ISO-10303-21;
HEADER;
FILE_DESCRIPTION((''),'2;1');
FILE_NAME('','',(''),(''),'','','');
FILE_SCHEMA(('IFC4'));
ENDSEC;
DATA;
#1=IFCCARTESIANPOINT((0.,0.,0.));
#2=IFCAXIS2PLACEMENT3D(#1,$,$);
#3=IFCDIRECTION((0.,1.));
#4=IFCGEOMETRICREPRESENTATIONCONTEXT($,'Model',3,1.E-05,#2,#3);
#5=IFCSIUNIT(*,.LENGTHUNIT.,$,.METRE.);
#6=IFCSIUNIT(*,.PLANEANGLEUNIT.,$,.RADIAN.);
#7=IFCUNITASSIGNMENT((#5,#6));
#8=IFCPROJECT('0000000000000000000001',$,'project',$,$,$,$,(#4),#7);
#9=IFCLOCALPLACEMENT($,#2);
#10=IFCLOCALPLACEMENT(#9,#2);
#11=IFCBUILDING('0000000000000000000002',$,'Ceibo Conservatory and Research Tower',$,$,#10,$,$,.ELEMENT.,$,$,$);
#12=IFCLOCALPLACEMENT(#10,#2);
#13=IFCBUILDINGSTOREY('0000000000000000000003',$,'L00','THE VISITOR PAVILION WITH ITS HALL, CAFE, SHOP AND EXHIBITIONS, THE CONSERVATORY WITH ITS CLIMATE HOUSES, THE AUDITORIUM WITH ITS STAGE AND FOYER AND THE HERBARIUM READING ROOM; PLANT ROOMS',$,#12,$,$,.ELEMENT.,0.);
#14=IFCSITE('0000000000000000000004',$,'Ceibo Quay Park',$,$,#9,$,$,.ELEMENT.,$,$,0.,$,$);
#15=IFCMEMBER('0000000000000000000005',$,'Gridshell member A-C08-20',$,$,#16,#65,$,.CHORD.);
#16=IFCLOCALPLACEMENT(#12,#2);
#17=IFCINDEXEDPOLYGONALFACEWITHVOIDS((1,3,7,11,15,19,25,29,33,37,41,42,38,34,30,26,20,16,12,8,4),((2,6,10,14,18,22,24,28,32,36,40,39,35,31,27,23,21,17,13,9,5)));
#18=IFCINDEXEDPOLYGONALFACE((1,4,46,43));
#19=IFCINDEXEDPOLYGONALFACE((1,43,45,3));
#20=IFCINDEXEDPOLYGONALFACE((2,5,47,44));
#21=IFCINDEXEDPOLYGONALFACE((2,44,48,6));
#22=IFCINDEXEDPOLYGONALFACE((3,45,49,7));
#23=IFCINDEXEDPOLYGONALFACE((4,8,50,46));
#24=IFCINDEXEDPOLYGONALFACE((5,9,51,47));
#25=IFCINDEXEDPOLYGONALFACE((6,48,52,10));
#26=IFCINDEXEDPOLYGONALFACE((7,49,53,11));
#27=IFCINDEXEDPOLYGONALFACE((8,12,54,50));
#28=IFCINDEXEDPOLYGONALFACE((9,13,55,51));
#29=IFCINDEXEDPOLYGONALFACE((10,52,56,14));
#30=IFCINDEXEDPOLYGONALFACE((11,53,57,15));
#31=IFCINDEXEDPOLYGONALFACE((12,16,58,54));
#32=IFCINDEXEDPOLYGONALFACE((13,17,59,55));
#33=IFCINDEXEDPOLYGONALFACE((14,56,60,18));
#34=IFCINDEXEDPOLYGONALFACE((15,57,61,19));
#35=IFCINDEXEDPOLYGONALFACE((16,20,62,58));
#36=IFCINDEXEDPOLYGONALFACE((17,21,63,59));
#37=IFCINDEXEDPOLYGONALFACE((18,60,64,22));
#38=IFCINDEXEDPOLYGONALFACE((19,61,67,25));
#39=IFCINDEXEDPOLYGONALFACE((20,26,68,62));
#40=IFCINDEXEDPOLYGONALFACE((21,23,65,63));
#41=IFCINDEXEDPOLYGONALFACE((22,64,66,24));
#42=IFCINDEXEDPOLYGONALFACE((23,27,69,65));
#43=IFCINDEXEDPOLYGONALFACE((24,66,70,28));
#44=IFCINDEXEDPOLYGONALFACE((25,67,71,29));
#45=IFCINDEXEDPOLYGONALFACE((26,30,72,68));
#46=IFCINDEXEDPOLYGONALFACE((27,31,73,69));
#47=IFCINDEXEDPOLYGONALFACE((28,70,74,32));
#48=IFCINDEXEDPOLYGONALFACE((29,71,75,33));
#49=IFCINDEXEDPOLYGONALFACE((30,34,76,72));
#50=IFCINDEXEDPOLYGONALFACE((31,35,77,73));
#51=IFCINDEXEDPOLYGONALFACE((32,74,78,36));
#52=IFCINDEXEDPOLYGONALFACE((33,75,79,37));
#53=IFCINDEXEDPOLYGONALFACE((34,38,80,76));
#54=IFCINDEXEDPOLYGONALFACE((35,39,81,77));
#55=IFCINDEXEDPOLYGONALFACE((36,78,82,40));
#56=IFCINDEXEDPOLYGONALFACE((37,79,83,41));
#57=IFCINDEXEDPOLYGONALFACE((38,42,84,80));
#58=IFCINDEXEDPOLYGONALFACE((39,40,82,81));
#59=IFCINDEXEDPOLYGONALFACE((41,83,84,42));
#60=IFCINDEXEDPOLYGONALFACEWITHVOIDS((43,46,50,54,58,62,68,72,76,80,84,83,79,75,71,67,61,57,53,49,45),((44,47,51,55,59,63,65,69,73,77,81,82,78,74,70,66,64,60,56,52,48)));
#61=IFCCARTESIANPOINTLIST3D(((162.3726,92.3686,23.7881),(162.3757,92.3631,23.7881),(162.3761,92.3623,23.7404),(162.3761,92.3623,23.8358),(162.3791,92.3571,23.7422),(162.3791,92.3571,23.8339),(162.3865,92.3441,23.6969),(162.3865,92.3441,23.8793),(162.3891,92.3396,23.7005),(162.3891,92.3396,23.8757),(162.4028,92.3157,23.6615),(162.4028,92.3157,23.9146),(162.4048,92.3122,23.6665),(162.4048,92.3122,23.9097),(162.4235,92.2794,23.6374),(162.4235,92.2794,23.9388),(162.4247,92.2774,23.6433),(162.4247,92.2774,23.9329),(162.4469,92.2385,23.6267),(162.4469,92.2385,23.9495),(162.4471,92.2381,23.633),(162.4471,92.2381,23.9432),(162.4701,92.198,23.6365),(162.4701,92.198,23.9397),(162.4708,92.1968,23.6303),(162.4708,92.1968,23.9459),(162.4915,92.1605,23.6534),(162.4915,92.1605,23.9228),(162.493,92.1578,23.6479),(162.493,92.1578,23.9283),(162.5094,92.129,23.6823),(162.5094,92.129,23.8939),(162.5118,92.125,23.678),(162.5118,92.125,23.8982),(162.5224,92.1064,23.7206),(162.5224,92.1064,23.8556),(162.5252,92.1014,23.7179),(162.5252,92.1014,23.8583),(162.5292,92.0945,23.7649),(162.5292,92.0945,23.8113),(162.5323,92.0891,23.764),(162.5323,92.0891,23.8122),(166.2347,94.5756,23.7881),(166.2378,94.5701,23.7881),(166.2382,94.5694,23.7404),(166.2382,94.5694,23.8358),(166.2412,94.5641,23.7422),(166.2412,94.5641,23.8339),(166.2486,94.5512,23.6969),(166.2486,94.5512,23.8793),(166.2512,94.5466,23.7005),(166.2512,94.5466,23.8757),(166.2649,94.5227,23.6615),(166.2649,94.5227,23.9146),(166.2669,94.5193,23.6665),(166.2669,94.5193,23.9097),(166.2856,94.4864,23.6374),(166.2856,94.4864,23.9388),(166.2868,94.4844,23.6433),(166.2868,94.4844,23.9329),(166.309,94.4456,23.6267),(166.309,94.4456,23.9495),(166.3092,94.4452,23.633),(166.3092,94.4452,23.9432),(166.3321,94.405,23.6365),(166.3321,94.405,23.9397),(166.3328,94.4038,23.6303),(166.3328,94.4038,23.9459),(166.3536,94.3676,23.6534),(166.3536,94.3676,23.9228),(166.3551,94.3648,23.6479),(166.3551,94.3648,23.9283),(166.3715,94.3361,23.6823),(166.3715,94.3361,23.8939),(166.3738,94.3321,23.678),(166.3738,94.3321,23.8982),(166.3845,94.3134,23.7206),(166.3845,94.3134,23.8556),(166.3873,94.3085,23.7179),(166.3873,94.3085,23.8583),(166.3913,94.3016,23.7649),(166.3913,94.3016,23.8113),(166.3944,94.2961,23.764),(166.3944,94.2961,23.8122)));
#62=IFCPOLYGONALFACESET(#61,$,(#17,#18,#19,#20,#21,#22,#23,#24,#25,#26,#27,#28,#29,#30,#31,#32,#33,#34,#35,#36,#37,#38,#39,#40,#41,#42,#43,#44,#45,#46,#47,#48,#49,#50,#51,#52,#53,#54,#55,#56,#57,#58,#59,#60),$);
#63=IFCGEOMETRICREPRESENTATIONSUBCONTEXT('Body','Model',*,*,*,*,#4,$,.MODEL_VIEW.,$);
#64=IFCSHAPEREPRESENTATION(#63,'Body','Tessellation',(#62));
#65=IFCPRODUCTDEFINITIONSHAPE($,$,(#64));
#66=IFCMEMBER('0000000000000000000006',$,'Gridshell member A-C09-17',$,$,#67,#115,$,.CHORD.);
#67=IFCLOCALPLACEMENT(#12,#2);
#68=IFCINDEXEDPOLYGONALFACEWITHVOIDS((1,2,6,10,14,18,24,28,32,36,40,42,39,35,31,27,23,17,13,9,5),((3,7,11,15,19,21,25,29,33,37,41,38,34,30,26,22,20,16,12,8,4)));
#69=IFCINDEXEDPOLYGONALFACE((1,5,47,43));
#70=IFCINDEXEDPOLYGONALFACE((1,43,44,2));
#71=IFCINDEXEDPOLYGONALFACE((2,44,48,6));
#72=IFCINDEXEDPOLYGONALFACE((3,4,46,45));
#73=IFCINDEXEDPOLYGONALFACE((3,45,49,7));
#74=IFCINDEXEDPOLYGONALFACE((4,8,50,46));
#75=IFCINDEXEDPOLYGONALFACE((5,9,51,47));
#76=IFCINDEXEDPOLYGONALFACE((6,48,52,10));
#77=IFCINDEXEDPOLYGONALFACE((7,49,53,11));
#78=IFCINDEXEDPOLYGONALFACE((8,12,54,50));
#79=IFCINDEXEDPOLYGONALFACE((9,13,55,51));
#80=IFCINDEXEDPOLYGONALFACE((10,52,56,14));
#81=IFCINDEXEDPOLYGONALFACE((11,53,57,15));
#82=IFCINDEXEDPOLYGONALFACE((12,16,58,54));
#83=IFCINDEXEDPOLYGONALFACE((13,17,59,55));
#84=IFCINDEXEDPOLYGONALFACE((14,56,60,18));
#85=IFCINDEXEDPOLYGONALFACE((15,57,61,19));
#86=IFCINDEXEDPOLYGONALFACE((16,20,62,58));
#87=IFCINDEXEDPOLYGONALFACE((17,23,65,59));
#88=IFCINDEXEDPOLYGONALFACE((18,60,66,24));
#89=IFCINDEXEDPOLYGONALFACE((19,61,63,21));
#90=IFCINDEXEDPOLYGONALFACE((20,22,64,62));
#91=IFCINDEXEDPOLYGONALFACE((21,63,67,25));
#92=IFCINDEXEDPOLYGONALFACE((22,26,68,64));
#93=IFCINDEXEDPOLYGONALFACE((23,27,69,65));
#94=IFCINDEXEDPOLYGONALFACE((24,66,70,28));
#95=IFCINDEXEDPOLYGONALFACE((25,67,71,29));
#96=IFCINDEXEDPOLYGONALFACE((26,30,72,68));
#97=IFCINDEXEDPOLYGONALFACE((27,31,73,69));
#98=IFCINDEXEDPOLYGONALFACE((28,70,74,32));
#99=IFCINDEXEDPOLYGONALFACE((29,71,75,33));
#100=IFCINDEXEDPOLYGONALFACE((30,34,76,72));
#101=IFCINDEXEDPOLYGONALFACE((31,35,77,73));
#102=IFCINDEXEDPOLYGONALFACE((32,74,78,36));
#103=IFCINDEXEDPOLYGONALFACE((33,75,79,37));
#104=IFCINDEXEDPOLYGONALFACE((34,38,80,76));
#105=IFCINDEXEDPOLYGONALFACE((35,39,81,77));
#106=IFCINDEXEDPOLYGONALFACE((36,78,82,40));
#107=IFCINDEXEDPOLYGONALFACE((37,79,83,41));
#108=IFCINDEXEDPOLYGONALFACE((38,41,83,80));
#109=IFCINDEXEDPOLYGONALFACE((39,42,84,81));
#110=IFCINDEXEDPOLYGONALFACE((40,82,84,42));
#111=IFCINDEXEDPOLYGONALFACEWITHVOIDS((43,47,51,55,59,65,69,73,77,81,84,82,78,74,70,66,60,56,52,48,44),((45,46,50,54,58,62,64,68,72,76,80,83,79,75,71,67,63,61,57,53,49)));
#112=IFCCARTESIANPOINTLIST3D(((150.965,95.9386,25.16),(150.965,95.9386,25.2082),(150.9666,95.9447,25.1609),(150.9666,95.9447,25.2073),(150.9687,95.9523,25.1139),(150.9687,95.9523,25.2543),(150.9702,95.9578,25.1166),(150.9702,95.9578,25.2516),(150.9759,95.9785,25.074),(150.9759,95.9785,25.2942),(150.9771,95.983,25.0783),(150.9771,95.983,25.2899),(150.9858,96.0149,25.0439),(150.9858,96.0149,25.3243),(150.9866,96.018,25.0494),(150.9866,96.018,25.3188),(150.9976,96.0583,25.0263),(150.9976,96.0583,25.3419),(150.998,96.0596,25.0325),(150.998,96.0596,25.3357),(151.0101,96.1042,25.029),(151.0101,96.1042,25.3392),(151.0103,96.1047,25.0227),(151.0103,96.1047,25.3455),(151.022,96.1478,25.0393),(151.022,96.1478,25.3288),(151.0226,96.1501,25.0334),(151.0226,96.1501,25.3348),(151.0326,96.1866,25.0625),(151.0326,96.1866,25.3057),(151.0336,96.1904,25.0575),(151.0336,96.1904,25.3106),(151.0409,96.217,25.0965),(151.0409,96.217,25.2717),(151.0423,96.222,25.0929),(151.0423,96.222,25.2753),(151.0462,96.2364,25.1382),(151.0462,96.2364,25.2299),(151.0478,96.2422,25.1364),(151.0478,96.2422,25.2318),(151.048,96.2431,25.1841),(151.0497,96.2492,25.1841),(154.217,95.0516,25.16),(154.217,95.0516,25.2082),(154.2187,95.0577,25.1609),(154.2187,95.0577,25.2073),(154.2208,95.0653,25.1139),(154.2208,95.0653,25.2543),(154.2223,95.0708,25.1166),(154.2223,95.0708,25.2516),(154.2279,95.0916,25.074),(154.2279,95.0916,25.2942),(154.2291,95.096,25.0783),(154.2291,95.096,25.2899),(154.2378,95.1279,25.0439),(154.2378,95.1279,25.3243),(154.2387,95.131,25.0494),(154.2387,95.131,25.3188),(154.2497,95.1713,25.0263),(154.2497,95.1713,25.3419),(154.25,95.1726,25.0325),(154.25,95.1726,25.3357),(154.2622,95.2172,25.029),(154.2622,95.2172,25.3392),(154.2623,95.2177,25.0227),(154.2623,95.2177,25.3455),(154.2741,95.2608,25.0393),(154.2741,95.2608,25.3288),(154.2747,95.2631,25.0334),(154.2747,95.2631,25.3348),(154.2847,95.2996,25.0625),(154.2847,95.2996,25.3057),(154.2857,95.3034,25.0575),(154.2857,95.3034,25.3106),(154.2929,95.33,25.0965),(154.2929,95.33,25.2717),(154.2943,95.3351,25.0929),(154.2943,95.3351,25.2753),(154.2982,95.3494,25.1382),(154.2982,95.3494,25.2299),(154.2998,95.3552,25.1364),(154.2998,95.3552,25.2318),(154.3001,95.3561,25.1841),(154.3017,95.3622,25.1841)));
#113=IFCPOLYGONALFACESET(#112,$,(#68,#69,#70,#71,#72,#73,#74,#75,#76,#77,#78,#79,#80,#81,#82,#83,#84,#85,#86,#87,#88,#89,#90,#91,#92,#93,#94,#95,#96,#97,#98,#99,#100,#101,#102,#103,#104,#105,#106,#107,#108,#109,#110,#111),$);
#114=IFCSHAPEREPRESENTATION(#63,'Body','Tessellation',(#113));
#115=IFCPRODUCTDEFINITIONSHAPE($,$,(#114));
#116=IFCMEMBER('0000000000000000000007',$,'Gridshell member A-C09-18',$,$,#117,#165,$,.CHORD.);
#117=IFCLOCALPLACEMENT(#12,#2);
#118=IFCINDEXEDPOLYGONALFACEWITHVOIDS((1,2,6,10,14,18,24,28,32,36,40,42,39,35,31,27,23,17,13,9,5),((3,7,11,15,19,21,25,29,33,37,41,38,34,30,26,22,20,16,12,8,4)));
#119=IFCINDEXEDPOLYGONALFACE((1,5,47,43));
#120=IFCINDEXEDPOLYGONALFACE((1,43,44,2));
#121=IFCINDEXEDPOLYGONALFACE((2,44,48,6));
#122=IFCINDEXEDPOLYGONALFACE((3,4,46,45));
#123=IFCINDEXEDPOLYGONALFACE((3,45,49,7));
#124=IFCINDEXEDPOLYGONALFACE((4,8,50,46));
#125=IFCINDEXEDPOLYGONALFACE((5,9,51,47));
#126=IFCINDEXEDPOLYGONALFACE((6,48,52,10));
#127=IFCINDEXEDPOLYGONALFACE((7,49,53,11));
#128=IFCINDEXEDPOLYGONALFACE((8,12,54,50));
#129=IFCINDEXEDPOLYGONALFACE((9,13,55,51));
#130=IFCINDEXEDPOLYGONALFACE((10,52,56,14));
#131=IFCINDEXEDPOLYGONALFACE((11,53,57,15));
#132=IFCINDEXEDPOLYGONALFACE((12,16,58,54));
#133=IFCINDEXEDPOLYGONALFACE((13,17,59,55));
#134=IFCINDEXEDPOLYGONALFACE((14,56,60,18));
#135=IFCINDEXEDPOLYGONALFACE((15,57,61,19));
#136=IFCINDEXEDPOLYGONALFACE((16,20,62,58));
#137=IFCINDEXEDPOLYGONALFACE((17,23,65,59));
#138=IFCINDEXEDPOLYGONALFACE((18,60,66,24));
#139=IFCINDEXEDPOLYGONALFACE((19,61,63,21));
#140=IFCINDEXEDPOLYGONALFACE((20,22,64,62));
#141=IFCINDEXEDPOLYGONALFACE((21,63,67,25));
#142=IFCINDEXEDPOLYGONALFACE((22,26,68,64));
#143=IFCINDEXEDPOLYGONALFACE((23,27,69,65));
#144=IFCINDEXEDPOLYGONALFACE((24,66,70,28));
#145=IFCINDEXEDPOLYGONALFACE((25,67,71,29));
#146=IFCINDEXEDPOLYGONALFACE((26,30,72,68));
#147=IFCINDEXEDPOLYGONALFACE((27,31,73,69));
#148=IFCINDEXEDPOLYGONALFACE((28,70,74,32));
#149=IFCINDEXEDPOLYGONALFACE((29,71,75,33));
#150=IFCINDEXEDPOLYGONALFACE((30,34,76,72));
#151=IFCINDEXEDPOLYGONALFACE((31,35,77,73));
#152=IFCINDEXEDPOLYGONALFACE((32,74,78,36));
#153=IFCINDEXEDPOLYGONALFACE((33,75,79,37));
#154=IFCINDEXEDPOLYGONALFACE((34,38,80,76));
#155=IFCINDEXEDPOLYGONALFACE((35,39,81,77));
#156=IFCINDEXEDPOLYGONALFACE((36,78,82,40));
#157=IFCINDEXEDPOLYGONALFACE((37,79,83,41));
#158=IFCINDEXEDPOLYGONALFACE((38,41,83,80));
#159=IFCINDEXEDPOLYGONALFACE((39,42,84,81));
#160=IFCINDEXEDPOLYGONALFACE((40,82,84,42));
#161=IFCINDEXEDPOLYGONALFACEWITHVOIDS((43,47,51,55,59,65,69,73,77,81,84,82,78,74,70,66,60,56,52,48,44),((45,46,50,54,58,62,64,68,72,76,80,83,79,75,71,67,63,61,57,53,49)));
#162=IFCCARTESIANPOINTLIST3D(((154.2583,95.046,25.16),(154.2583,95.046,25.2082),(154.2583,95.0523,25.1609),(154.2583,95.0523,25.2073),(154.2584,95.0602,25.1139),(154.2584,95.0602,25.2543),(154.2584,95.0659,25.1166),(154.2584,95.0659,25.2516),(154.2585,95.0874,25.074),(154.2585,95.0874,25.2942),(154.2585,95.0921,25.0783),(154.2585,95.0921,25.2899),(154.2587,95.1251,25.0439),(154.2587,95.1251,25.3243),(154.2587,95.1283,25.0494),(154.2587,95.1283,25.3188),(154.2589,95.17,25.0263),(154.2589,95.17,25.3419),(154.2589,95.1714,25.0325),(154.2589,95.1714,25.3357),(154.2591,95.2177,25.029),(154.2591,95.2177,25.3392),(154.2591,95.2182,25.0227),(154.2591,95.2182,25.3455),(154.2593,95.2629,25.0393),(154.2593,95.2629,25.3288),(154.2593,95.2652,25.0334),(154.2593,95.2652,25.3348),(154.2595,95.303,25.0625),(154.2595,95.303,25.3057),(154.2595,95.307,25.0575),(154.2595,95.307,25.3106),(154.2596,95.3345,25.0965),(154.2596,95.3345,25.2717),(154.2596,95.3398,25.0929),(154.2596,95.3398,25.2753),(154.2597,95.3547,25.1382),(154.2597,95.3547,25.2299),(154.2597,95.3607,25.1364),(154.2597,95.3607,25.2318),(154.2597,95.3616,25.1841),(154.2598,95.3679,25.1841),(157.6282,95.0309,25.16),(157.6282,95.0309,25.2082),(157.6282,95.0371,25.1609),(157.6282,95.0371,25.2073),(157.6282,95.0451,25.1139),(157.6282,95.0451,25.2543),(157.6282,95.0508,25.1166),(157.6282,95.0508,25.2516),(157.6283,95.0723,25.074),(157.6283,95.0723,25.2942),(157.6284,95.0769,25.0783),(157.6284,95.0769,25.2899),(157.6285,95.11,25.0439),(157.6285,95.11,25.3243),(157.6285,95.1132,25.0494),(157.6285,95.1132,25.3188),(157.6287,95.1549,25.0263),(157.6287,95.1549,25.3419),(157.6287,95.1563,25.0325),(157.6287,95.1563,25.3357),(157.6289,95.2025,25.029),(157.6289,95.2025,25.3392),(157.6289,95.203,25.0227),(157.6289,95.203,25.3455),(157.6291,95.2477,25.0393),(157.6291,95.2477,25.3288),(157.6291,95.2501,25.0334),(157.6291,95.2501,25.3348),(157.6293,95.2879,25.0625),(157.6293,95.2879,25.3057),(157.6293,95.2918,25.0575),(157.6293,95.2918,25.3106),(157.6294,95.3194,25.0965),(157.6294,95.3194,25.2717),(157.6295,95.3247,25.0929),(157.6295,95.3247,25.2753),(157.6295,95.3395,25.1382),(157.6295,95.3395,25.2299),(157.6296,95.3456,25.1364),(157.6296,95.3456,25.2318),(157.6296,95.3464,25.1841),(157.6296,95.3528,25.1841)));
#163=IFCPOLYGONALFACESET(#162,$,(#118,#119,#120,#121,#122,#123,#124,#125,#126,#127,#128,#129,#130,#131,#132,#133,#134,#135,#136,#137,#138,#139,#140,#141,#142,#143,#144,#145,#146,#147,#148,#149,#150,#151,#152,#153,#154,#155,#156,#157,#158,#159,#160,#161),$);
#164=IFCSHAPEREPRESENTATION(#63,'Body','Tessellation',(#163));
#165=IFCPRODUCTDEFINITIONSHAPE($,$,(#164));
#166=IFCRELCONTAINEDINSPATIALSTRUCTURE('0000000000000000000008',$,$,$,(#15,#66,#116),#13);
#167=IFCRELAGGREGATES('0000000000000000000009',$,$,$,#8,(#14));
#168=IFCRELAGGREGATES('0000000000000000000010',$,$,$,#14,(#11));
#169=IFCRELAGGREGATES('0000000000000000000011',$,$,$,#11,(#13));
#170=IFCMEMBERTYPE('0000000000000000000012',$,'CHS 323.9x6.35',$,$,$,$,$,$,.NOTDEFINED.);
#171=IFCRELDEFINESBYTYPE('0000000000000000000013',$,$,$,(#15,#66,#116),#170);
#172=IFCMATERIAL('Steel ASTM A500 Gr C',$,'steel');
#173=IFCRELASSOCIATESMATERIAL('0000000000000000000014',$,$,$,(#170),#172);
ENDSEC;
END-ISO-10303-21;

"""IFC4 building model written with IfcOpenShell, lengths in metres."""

from ifc_helpers import new_model, si_unit, direction, frame, origin, origin_2d, place, context, subcontext, project, spatial, hollow_circle, extrude, material, material_profile, profile_set, type_object, element, save


model = new_model("IFC4")

# Units and contexts
model_context = context("Model", 3, precision=1e-05, world=origin(), true_north=direction((0.0, 1.0)))
body_context = subcontext(model_context, "Body", "Model", "MODEL_VIEW")
ifc_project = project(units=[si_unit("LENGTHUNIT", "METRE"), si_unit("PLANEANGLEUNIT", "RADIAN")], contexts=[model_context])

# Site, building, storey
site_placement = place(None, origin())
site = spatial("IfcSite", under=ifc_project, at=site_placement, Name="Ceibo Quay Park", CompositionType="ELEMENT", RefElevation=0.0)
building_placement = place(site_placement, origin())
building = spatial("IfcBuilding", under=site, at=building_placement, Name="Ceibo Conservatory and Research Tower", CompositionType="ELEMENT")
storey_placement = place(building_placement, origin())
storey = spatial("IfcBuildingStorey", under=building, at=storey_placement, Name="L00", Description="THE VISITOR PAVILION WITH ITS HALL, CAFE, SHOP AND EXHIBITIONS, THE CONSERVATORY WITH ITS CLIMATE HOUSES, THE AUDITORIUM WITH ITS STAGE AND FOYER AND THE HERBARIUM READING ROOM; PLANT ROOMS", CompositionType="ELEMENT", Elevation=0.0)

# Members
ifc_material_1 = material(Name="Steel ASTM A500 Gr C", Category="steel")
ifc_material_profile_1 = material_profile(ifc_material_1, hollow_circle(Radius=0.1619, WallThickness=0.0063, at=origin_2d()), Name="CHS 323.9x6.35")
ifc_profile_set_1 = profile_set([ifc_material_profile_1], Name="Steel ASTM A500 Gr C")
member_type_1 = type_object("IfcMemberType", Name="CHS 323.9x6.35", PredefinedType="NOTDEFINED", material=ifc_profile_set_1)
member_1_placement = place(storey_placement, frame((162.4529, 92.228, 23.7881), z_axis=(0.86823, 0.496163, 0.0), x_axis=(-0.496163, 0.86823, 0.0)))
element("IfcMember", 1, at=member_1_placement, inside=storey, type_object=member_type_1, Name="Gridshell member A-C08-20", PredefinedType="CHORD", context=body_context, shape_type="SweptSolid", body=[
    extrude(hollow_circle(Radius=0.1619, WallThickness=0.0063, at=origin_2d()), origin(), (0.0, 0.0, 1.0), 4.4482),
])
member_2_placement = place(storey_placement, frame((151.0071, 96.093, 25.1841), z_axis=(0.964759, -0.263136, 0.0), x_axis=(0.263136, 0.964759, 0.0)))
element("IfcMember", 2, at=member_2_placement, inside=storey, type_object=member_type_1, Name="Gridshell member A-C09-17", PredefinedType="CHORD", context=body_context, shape_type="SweptSolid", body=[
    extrude(hollow_circle(Radius=0.1619, WallThickness=0.0063, at=origin_2d()), origin(), (0.0, 0.0, 1.0), 3.3708),
])
member_3_placement = place(storey_placement, frame((154.259, 95.2061, 25.1841), z_axis=(0.99999, -0.004492, 0.0), x_axis=(0.004492, 0.99999, 0.0)))
element("IfcMember", 3, at=member_3_placement, inside=storey, type_object=member_type_1, Name="Gridshell member A-C09-18", PredefinedType="CHORD", context=body_context, shape_type="SweptSolid", body=[
    extrude(hollow_circle(Radius=0.1619, WallThickness=0.0063, at=origin_2d()), origin(), (0.0, 0.0, 1.0), 3.3699),
])

save(model, "model.ifc")
